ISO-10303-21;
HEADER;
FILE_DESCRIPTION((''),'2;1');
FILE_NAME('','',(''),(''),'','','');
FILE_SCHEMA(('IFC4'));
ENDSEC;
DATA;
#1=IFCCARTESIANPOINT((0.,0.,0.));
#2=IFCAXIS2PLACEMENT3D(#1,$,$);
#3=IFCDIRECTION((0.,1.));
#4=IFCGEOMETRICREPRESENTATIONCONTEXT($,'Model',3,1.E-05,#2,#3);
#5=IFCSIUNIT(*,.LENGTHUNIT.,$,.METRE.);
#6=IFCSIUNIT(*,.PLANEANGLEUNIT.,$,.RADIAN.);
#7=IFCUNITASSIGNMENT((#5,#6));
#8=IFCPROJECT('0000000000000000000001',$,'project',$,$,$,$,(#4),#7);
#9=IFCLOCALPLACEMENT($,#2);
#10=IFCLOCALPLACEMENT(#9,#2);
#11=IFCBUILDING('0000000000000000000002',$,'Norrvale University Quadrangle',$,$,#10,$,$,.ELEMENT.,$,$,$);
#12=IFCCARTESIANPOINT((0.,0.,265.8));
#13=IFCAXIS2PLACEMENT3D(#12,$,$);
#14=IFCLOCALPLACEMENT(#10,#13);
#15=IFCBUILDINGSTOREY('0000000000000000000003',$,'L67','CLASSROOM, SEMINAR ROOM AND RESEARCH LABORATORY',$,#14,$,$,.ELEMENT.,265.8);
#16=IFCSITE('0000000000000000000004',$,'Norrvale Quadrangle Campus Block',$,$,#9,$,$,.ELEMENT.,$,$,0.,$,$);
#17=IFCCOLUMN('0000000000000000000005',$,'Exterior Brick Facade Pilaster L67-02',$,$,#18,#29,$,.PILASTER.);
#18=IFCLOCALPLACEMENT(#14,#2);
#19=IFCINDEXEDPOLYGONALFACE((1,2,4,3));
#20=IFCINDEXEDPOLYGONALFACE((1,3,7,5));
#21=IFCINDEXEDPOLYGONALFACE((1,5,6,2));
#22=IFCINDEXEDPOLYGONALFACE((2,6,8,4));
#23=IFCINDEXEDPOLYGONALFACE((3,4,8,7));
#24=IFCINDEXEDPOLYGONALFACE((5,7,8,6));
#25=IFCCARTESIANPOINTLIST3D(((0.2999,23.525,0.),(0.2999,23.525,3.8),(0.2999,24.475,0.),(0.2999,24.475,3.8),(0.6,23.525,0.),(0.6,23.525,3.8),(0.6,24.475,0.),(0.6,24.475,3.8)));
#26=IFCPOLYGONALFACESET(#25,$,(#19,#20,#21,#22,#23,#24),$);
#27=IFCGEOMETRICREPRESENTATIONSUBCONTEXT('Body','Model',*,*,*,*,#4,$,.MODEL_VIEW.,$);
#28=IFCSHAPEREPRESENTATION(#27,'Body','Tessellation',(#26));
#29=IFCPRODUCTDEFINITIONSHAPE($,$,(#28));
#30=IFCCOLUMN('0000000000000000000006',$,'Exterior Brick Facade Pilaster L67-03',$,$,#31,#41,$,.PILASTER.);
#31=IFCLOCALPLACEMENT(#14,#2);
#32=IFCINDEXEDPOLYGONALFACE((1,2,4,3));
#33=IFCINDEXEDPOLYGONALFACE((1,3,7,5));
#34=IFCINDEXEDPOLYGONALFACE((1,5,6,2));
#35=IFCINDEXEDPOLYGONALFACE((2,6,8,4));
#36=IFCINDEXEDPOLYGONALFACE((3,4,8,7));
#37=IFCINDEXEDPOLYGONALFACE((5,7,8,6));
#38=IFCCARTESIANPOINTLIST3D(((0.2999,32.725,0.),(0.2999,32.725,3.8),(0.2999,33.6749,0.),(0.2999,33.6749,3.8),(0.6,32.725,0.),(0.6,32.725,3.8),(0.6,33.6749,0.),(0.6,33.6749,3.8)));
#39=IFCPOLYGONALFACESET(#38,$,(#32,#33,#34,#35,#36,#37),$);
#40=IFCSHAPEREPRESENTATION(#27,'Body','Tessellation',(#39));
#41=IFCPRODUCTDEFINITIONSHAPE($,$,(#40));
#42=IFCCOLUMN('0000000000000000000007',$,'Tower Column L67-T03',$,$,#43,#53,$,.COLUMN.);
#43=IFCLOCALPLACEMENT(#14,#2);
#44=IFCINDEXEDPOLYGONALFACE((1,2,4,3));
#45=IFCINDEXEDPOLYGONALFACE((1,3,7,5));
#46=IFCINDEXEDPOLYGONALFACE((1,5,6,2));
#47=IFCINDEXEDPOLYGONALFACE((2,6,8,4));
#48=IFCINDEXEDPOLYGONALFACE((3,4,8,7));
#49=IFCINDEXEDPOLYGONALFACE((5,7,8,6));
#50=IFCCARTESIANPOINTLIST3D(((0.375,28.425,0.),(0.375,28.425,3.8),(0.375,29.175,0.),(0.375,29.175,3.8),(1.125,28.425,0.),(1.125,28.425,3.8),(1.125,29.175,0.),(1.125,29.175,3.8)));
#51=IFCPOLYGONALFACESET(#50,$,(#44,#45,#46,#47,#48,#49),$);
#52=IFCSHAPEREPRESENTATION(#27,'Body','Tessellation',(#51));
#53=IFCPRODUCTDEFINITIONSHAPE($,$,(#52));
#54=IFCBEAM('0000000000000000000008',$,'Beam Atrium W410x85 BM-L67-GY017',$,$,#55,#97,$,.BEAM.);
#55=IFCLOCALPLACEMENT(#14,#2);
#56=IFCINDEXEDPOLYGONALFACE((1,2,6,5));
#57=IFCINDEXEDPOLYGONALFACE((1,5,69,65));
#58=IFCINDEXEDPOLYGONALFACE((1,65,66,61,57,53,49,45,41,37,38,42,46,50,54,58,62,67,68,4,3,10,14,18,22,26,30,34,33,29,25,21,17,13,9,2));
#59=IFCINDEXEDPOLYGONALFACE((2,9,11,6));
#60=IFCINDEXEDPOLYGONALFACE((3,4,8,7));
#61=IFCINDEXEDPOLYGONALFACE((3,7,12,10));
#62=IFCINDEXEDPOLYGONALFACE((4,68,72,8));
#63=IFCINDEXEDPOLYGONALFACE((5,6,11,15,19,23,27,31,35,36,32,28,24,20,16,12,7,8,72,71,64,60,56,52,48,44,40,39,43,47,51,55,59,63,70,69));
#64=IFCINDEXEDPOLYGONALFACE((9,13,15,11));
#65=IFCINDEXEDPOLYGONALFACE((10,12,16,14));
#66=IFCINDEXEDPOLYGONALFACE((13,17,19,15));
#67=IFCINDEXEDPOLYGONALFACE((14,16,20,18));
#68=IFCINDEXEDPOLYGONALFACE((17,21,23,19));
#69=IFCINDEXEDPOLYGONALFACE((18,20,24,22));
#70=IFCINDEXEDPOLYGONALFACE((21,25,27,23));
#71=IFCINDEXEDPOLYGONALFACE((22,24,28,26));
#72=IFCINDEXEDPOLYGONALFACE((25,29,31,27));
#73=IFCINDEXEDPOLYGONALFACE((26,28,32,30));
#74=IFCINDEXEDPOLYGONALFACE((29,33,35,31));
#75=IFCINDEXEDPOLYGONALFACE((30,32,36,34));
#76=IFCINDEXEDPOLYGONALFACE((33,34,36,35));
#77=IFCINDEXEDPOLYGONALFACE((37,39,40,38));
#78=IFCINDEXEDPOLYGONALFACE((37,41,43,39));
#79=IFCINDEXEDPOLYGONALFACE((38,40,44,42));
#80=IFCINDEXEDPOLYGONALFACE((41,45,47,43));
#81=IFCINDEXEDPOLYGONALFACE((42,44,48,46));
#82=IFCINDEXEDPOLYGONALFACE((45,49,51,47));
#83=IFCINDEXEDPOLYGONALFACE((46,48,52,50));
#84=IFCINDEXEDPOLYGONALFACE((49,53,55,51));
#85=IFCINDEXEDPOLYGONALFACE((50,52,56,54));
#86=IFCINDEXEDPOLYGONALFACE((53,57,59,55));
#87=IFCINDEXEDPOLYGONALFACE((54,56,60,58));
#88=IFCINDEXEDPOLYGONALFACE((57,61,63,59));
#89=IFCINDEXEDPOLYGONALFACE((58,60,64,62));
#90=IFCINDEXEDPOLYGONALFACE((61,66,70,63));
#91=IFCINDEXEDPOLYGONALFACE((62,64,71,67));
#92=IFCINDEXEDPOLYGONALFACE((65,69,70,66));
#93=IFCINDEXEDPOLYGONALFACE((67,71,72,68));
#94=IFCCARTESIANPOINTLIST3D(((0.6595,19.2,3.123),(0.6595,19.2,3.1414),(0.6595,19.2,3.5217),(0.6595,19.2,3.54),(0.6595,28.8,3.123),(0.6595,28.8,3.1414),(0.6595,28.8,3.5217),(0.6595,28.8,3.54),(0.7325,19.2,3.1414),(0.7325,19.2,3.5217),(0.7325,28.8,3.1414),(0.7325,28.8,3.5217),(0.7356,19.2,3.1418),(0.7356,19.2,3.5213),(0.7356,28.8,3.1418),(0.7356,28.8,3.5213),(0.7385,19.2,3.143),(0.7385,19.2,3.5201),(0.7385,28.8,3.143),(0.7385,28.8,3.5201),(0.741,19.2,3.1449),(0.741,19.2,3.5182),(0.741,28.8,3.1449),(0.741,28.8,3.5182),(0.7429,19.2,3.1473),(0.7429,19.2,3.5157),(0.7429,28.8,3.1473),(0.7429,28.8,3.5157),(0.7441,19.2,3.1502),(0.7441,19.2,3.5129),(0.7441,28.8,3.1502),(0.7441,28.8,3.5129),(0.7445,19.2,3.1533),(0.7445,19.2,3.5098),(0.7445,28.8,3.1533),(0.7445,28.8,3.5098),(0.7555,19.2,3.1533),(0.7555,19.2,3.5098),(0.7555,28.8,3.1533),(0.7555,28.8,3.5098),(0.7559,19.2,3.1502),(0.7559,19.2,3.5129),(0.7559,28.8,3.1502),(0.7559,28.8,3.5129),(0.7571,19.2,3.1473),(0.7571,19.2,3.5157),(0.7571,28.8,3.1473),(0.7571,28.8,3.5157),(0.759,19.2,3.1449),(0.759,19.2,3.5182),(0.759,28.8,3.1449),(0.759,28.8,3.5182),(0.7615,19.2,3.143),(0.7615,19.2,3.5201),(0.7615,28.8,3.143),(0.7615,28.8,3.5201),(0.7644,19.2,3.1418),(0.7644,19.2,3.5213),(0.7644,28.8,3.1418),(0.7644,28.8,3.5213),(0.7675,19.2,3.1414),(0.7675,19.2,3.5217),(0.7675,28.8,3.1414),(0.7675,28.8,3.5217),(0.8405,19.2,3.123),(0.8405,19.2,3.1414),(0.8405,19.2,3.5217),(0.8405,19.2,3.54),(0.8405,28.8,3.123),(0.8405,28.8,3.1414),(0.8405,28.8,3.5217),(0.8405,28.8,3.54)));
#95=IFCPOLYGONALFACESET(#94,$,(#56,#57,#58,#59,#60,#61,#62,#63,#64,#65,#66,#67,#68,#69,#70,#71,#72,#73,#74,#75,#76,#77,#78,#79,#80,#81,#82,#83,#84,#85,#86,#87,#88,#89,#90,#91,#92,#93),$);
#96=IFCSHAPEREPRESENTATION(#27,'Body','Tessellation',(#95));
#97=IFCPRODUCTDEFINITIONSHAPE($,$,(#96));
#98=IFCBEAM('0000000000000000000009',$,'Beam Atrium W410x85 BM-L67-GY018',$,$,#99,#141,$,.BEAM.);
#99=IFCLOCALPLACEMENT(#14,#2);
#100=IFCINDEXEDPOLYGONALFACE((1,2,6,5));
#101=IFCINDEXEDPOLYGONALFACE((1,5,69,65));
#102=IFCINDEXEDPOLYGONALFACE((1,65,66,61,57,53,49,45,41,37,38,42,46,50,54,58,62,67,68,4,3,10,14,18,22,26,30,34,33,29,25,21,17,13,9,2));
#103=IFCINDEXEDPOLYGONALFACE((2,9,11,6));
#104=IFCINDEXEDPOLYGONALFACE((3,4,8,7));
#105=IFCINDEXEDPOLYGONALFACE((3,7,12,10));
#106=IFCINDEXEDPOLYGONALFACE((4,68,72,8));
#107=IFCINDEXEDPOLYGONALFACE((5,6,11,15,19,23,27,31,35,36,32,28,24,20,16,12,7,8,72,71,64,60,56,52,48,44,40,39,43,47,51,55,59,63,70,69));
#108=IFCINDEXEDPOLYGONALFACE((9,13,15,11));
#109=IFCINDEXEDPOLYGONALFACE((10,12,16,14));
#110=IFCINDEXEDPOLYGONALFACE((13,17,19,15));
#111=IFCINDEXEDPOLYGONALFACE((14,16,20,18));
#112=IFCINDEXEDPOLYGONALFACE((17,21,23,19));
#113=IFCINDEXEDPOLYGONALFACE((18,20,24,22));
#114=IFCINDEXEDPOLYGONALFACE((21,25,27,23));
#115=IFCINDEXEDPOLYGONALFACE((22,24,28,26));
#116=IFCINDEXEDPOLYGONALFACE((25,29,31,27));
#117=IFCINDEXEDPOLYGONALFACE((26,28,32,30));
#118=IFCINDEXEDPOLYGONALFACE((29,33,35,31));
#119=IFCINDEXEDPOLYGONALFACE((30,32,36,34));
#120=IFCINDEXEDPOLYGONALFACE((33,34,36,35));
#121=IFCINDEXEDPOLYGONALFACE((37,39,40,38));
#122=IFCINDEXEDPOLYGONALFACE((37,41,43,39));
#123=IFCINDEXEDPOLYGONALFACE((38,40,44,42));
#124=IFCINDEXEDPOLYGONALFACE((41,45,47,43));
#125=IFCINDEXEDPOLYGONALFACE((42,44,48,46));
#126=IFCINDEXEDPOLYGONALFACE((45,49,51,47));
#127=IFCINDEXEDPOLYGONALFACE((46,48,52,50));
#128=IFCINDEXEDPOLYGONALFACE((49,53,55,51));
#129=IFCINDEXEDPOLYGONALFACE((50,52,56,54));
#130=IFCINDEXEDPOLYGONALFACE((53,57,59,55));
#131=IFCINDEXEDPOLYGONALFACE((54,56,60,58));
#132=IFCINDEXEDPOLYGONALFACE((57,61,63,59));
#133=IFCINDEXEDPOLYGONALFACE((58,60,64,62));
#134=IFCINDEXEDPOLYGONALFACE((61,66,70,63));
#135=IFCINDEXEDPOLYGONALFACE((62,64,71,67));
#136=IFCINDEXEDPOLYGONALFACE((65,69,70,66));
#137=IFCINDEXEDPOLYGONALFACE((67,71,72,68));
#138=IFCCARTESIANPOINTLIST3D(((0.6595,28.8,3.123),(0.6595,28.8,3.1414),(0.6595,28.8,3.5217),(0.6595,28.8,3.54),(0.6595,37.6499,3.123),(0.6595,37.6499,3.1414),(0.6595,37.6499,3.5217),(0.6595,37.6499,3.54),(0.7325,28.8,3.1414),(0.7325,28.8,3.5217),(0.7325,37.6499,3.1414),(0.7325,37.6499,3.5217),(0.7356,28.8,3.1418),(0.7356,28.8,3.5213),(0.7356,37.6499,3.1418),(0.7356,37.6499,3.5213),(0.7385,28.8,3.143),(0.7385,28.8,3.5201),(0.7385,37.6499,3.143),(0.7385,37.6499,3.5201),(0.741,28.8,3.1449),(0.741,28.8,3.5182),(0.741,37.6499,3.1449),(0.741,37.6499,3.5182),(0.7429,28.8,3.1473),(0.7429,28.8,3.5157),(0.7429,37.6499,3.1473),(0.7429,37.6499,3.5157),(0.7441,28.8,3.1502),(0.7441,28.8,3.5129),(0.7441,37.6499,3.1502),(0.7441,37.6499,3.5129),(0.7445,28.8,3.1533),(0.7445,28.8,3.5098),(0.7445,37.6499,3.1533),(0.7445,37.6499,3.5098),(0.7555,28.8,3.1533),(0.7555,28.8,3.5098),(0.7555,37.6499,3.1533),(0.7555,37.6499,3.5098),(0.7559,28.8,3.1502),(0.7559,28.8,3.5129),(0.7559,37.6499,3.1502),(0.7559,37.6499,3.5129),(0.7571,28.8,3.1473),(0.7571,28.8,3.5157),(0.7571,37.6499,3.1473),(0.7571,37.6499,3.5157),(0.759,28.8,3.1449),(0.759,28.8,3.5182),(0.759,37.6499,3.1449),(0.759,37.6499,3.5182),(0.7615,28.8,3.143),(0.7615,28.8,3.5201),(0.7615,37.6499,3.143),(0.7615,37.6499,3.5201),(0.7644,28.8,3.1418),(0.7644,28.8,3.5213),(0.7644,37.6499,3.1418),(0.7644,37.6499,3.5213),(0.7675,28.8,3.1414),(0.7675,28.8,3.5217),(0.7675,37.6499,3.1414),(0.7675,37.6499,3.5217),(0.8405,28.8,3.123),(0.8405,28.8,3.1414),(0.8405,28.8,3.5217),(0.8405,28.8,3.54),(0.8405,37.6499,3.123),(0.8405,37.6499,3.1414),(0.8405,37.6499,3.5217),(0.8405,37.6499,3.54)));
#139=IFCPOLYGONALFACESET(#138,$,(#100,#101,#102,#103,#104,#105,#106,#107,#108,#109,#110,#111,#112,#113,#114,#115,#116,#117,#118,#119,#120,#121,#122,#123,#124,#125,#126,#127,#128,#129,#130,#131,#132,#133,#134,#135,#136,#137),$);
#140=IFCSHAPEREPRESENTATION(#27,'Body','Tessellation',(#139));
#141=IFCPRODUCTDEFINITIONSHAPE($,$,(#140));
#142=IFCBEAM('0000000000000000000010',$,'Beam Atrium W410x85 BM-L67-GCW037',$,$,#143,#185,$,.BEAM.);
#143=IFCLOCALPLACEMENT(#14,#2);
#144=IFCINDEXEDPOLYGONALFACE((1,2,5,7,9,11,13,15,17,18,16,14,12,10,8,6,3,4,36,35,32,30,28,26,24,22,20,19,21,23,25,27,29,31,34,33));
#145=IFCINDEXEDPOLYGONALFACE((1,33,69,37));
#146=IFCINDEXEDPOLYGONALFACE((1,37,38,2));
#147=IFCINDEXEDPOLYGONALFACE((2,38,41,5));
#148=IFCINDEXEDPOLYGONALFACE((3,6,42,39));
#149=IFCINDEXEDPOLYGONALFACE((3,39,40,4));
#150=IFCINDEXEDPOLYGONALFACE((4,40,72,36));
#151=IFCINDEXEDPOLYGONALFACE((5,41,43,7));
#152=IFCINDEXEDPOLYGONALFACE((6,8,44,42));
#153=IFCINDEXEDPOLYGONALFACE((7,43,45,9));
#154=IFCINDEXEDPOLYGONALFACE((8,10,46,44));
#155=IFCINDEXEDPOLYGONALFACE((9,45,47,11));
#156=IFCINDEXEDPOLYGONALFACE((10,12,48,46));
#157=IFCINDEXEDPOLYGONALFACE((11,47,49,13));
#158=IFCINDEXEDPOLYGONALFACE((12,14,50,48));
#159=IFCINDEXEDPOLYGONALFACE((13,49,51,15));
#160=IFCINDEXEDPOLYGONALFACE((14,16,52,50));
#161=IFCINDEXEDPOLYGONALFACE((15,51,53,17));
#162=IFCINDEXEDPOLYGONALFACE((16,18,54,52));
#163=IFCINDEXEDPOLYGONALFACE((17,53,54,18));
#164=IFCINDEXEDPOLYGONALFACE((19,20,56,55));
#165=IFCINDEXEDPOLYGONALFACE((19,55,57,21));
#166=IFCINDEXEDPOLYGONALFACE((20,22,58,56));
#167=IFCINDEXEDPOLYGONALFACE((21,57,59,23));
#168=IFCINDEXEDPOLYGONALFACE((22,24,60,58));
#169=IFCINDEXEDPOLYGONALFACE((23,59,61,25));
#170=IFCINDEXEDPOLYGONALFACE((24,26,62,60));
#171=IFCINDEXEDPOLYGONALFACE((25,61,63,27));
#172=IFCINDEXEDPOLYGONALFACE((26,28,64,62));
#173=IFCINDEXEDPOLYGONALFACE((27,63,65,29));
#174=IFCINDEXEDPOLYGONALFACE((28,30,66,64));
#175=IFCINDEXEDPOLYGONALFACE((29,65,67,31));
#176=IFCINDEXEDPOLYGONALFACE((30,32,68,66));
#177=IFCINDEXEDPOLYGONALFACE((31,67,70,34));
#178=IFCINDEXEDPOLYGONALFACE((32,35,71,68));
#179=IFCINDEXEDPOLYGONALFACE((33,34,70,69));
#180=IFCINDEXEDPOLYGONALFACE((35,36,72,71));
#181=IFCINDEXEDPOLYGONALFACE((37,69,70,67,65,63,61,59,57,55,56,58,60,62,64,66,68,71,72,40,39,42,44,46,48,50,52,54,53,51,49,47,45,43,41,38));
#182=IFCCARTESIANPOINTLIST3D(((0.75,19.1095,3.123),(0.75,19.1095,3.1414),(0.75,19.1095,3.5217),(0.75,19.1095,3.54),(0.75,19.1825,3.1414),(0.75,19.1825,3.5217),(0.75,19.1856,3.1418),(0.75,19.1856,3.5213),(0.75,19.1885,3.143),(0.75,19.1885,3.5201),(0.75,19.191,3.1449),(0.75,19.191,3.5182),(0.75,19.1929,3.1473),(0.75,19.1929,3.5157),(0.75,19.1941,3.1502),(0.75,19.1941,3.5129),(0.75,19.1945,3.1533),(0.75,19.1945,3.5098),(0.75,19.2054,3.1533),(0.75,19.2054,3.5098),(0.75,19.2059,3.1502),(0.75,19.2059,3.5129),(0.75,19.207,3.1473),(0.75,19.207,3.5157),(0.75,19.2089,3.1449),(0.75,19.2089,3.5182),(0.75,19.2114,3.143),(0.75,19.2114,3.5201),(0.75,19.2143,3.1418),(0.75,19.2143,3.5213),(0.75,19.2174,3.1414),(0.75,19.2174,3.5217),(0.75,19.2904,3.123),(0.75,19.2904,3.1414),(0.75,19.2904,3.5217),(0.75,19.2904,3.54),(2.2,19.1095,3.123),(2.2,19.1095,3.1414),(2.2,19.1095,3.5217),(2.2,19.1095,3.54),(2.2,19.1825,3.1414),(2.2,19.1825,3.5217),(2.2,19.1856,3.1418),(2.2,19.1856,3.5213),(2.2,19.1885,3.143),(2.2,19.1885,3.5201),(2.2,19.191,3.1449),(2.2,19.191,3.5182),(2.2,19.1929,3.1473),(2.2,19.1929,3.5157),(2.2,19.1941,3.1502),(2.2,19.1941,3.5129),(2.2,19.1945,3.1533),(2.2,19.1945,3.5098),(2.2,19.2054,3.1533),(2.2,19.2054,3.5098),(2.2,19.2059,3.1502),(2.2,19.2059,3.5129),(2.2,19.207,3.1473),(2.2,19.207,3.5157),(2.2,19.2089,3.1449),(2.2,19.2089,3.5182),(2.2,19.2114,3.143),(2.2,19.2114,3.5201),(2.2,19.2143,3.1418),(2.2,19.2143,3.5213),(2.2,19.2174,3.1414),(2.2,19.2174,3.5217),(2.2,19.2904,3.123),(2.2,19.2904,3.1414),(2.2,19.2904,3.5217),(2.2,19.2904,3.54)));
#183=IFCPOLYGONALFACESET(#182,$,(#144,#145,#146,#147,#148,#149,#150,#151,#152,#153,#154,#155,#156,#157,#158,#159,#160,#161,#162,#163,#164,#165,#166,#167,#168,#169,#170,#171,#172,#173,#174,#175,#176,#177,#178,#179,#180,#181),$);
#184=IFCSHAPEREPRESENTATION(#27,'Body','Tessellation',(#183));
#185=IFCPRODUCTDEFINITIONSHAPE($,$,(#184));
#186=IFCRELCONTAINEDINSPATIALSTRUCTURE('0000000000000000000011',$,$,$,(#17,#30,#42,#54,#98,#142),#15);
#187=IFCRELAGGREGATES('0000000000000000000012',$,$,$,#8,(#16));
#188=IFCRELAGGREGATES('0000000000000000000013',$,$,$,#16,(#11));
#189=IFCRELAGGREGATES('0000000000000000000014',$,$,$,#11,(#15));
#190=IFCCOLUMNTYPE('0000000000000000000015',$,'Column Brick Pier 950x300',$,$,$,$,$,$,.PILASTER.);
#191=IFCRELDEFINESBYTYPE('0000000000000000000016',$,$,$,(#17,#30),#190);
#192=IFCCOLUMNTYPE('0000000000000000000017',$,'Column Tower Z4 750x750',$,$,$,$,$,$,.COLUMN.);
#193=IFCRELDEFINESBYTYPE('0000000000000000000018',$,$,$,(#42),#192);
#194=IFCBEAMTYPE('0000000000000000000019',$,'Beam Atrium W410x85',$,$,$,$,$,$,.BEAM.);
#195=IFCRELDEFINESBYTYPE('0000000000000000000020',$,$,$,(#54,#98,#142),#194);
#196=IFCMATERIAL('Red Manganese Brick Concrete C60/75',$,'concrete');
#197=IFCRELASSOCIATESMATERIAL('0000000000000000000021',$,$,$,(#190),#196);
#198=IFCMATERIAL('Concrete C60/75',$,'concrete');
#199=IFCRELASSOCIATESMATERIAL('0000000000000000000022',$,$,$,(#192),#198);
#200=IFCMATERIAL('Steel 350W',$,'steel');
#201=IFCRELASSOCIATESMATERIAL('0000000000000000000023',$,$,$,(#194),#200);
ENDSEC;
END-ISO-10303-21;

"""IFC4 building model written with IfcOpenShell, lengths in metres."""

from ifc_helpers import new_model, si_unit, direction, frame, origin, origin_2d, place, context, subcontext, project, spatial, rectangle, i_section, extrude, material, material_profile, profile_set, type_object, element, save


model = new_model("IFC4")

# Units and contexts
model_context = context("Model", 3, precision=1e-05, world=origin(), true_north=direction((0.0, 1.0)))
body_context = subcontext(model_context, "Body", "Model", "MODEL_VIEW")
ifc_project = project(units=[si_unit("LENGTHUNIT", "METRE"), si_unit("PLANEANGLEUNIT", "RADIAN")], contexts=[model_context])

# Site, building, storey
site_placement = place(None, origin())
site = spatial("IfcSite", under=ifc_project, at=site_placement, Name="Norrvale Quadrangle Campus Block", CompositionType="ELEMENT", RefElevation=0.0)
building_placement = place(site_placement, origin())
building = spatial("IfcBuilding", under=site, at=building_placement, Name="Norrvale University Quadrangle", CompositionType="ELEMENT")
storey_placement = place(building_placement, frame((0.0, 0.0, 265.8)))
storey = spatial("IfcBuildingStorey", under=building, at=storey_placement, Name="L67", Description="CLASSROOM, SEMINAR ROOM AND RESEARCH LABORATORY", CompositionType="ELEMENT", Elevation=265.8)

# Columns
ifc_material_1 = material(Name="Red Manganese Brick Concrete C60/75", Category="concrete")
ifc_material_profile_1 = material_profile(ifc_material_1, rectangle(XDim=0.95, YDim=0.3, at=origin_2d()), Name="Red Manganese Brick Concrete C60/75")
ifc_profile_set_1 = profile_set([ifc_material_profile_1], Name="Red Manganese Brick Concrete C60/75")
column_type_1 = type_object("IfcColumnType", Name="Column Brick Pier 950x300", PredefinedType="PILASTER", material=ifc_profile_set_1)
for number, where, z_axis, x_axis, name in (
    (1, (0.45, 24.0, 0.0), (0.0, 0.0, 1.0), (0.0, 1.0, 0.0), "Exterior Brick Facade Pilaster L67-02"),
    (2, (0.45, 33.2, 0.0), (0.0, 0.0, 1.0), (0.0, 1.0, 0.0), "Exterior Brick Facade Pilaster L67-03"),
):
    element("IfcColumn", number, at=place(storey_placement, frame(where, z_axis=z_axis, x_axis=x_axis)), inside=storey, type_object=column_type_1, Name=name, PredefinedType="PILASTER", context=body_context, shape_type="SweptSolid", body=[
        extrude(rectangle(XDim=0.95, YDim=0.3, at=origin_2d()), origin(), (0.0, 0.0, 1.0), 3.8),
    ])
ifc_material_2 = material(Name="Concrete C60/75", Category="concrete")
ifc_material_profile_2 = material_profile(ifc_material_2, rectangle(XDim=0.75, YDim=0.75, at=origin_2d()), Name="Concrete C60/75")
ifc_profile_set_2 = profile_set([ifc_material_profile_2], Name="Concrete C60/75")
column_type_2 = type_object("IfcColumnType", Name="Column Tower Z4 750x750", PredefinedType="COLUMN", material=ifc_profile_set_2)
column_placement = place(storey_placement, frame((0.75, 28.8, 0.0), z_axis=(0.0, 0.0, 1.0), x_axis=(1.0, 0.0, 0.0)))
element("IfcColumn", 3, at=column_placement, inside=storey, type_object=column_type_2, Name="Tower Column L67-T03", PredefinedType="COLUMN", context=body_context, shape_type="SweptSolid", body=[
    extrude(rectangle(XDim=0.75, YDim=0.75, at=origin_2d()), origin(), (0.0, 0.0, 1.0), 3.8),
])

# Beams
ifc_material_3 = material(Name="Steel 350W", Category="steel")
ifc_material_profile_3 = material_profile(ifc_material_3, i_section(OverallWidth=0.1809, OverallDepth=0.417, WebThickness=0.011, FlangeThickness=0.0183, FilletRadius=0.012, at=origin_2d()), Name="Steel 350W")
ifc_profile_set_3 = profile_set([ifc_material_profile_3], Name="Steel 350W")
beam_type = type_object("IfcBeamType", Name="Beam Atrium W410x85", PredefinedType="BEAM", material=ifc_profile_set_3)
beam_1_placement = place(storey_placement, frame((0.75, 19.2, 3.3315), z_axis=(0.0, 1.0, 0.0), x_axis=(-1.0, 0.0, 0.0)))
element("IfcBeam", 4, at=beam_1_placement, inside=storey, type_object=beam_type, Name="Beam Atrium W410x85 BM-L67-GY017", PredefinedType="BEAM", context=body_context, shape_type="SweptSolid", body=[
    extrude(i_section(OverallWidth=0.1809, OverallDepth=0.417, WebThickness=0.011, FlangeThickness=0.0183, FilletRadius=0.012, at=origin_2d()), origin(), (0.0, 0.0, 1.0), 9.6001),
])
beam_2_placement = place(storey_placement, frame((0.75, 28.8, 3.3315), z_axis=(0.0, 1.0, 0.0), x_axis=(-1.0, 0.0, 0.0)))
element("IfcBeam", 5, at=beam_2_placement, inside=storey, type_object=beam_type, Name="Beam Atrium W410x85 BM-L67-GY018", PredefinedType="BEAM", context=body_context, shape_type="SweptSolid", body=[
    extrude(i_section(OverallWidth=0.1809, OverallDepth=0.417, WebThickness=0.011, FlangeThickness=0.0183, FilletRadius=0.012, at=origin_2d()), origin(), (0.0, 0.0, 1.0), 8.8499),
])
for number, where, z_axis, x_axis, name in (
    (6, (0.75, 19.2, 3.3315), (1.0, 0.0, 0.0), (0.0, 1.0, 0.0), "Beam Atrium W410x85 BM-L67-GCW037"),
):
    element("IfcBeam", number, at=place(storey_placement, frame(where, z_axis=z_axis, x_axis=x_axis)), inside=storey, type_object=beam_type, Name=name, PredefinedType="BEAM", context=body_context, shape_type="SweptSolid", body=[
        extrude(i_section(OverallWidth=0.1809, OverallDepth=0.417, WebThickness=0.011, FlangeThickness=0.0183, FilletRadius=0.012, at=origin_2d()), origin(), (0.0, 0.0, 1.0), 1.45),
    ])

save(model, "model.ifc")
